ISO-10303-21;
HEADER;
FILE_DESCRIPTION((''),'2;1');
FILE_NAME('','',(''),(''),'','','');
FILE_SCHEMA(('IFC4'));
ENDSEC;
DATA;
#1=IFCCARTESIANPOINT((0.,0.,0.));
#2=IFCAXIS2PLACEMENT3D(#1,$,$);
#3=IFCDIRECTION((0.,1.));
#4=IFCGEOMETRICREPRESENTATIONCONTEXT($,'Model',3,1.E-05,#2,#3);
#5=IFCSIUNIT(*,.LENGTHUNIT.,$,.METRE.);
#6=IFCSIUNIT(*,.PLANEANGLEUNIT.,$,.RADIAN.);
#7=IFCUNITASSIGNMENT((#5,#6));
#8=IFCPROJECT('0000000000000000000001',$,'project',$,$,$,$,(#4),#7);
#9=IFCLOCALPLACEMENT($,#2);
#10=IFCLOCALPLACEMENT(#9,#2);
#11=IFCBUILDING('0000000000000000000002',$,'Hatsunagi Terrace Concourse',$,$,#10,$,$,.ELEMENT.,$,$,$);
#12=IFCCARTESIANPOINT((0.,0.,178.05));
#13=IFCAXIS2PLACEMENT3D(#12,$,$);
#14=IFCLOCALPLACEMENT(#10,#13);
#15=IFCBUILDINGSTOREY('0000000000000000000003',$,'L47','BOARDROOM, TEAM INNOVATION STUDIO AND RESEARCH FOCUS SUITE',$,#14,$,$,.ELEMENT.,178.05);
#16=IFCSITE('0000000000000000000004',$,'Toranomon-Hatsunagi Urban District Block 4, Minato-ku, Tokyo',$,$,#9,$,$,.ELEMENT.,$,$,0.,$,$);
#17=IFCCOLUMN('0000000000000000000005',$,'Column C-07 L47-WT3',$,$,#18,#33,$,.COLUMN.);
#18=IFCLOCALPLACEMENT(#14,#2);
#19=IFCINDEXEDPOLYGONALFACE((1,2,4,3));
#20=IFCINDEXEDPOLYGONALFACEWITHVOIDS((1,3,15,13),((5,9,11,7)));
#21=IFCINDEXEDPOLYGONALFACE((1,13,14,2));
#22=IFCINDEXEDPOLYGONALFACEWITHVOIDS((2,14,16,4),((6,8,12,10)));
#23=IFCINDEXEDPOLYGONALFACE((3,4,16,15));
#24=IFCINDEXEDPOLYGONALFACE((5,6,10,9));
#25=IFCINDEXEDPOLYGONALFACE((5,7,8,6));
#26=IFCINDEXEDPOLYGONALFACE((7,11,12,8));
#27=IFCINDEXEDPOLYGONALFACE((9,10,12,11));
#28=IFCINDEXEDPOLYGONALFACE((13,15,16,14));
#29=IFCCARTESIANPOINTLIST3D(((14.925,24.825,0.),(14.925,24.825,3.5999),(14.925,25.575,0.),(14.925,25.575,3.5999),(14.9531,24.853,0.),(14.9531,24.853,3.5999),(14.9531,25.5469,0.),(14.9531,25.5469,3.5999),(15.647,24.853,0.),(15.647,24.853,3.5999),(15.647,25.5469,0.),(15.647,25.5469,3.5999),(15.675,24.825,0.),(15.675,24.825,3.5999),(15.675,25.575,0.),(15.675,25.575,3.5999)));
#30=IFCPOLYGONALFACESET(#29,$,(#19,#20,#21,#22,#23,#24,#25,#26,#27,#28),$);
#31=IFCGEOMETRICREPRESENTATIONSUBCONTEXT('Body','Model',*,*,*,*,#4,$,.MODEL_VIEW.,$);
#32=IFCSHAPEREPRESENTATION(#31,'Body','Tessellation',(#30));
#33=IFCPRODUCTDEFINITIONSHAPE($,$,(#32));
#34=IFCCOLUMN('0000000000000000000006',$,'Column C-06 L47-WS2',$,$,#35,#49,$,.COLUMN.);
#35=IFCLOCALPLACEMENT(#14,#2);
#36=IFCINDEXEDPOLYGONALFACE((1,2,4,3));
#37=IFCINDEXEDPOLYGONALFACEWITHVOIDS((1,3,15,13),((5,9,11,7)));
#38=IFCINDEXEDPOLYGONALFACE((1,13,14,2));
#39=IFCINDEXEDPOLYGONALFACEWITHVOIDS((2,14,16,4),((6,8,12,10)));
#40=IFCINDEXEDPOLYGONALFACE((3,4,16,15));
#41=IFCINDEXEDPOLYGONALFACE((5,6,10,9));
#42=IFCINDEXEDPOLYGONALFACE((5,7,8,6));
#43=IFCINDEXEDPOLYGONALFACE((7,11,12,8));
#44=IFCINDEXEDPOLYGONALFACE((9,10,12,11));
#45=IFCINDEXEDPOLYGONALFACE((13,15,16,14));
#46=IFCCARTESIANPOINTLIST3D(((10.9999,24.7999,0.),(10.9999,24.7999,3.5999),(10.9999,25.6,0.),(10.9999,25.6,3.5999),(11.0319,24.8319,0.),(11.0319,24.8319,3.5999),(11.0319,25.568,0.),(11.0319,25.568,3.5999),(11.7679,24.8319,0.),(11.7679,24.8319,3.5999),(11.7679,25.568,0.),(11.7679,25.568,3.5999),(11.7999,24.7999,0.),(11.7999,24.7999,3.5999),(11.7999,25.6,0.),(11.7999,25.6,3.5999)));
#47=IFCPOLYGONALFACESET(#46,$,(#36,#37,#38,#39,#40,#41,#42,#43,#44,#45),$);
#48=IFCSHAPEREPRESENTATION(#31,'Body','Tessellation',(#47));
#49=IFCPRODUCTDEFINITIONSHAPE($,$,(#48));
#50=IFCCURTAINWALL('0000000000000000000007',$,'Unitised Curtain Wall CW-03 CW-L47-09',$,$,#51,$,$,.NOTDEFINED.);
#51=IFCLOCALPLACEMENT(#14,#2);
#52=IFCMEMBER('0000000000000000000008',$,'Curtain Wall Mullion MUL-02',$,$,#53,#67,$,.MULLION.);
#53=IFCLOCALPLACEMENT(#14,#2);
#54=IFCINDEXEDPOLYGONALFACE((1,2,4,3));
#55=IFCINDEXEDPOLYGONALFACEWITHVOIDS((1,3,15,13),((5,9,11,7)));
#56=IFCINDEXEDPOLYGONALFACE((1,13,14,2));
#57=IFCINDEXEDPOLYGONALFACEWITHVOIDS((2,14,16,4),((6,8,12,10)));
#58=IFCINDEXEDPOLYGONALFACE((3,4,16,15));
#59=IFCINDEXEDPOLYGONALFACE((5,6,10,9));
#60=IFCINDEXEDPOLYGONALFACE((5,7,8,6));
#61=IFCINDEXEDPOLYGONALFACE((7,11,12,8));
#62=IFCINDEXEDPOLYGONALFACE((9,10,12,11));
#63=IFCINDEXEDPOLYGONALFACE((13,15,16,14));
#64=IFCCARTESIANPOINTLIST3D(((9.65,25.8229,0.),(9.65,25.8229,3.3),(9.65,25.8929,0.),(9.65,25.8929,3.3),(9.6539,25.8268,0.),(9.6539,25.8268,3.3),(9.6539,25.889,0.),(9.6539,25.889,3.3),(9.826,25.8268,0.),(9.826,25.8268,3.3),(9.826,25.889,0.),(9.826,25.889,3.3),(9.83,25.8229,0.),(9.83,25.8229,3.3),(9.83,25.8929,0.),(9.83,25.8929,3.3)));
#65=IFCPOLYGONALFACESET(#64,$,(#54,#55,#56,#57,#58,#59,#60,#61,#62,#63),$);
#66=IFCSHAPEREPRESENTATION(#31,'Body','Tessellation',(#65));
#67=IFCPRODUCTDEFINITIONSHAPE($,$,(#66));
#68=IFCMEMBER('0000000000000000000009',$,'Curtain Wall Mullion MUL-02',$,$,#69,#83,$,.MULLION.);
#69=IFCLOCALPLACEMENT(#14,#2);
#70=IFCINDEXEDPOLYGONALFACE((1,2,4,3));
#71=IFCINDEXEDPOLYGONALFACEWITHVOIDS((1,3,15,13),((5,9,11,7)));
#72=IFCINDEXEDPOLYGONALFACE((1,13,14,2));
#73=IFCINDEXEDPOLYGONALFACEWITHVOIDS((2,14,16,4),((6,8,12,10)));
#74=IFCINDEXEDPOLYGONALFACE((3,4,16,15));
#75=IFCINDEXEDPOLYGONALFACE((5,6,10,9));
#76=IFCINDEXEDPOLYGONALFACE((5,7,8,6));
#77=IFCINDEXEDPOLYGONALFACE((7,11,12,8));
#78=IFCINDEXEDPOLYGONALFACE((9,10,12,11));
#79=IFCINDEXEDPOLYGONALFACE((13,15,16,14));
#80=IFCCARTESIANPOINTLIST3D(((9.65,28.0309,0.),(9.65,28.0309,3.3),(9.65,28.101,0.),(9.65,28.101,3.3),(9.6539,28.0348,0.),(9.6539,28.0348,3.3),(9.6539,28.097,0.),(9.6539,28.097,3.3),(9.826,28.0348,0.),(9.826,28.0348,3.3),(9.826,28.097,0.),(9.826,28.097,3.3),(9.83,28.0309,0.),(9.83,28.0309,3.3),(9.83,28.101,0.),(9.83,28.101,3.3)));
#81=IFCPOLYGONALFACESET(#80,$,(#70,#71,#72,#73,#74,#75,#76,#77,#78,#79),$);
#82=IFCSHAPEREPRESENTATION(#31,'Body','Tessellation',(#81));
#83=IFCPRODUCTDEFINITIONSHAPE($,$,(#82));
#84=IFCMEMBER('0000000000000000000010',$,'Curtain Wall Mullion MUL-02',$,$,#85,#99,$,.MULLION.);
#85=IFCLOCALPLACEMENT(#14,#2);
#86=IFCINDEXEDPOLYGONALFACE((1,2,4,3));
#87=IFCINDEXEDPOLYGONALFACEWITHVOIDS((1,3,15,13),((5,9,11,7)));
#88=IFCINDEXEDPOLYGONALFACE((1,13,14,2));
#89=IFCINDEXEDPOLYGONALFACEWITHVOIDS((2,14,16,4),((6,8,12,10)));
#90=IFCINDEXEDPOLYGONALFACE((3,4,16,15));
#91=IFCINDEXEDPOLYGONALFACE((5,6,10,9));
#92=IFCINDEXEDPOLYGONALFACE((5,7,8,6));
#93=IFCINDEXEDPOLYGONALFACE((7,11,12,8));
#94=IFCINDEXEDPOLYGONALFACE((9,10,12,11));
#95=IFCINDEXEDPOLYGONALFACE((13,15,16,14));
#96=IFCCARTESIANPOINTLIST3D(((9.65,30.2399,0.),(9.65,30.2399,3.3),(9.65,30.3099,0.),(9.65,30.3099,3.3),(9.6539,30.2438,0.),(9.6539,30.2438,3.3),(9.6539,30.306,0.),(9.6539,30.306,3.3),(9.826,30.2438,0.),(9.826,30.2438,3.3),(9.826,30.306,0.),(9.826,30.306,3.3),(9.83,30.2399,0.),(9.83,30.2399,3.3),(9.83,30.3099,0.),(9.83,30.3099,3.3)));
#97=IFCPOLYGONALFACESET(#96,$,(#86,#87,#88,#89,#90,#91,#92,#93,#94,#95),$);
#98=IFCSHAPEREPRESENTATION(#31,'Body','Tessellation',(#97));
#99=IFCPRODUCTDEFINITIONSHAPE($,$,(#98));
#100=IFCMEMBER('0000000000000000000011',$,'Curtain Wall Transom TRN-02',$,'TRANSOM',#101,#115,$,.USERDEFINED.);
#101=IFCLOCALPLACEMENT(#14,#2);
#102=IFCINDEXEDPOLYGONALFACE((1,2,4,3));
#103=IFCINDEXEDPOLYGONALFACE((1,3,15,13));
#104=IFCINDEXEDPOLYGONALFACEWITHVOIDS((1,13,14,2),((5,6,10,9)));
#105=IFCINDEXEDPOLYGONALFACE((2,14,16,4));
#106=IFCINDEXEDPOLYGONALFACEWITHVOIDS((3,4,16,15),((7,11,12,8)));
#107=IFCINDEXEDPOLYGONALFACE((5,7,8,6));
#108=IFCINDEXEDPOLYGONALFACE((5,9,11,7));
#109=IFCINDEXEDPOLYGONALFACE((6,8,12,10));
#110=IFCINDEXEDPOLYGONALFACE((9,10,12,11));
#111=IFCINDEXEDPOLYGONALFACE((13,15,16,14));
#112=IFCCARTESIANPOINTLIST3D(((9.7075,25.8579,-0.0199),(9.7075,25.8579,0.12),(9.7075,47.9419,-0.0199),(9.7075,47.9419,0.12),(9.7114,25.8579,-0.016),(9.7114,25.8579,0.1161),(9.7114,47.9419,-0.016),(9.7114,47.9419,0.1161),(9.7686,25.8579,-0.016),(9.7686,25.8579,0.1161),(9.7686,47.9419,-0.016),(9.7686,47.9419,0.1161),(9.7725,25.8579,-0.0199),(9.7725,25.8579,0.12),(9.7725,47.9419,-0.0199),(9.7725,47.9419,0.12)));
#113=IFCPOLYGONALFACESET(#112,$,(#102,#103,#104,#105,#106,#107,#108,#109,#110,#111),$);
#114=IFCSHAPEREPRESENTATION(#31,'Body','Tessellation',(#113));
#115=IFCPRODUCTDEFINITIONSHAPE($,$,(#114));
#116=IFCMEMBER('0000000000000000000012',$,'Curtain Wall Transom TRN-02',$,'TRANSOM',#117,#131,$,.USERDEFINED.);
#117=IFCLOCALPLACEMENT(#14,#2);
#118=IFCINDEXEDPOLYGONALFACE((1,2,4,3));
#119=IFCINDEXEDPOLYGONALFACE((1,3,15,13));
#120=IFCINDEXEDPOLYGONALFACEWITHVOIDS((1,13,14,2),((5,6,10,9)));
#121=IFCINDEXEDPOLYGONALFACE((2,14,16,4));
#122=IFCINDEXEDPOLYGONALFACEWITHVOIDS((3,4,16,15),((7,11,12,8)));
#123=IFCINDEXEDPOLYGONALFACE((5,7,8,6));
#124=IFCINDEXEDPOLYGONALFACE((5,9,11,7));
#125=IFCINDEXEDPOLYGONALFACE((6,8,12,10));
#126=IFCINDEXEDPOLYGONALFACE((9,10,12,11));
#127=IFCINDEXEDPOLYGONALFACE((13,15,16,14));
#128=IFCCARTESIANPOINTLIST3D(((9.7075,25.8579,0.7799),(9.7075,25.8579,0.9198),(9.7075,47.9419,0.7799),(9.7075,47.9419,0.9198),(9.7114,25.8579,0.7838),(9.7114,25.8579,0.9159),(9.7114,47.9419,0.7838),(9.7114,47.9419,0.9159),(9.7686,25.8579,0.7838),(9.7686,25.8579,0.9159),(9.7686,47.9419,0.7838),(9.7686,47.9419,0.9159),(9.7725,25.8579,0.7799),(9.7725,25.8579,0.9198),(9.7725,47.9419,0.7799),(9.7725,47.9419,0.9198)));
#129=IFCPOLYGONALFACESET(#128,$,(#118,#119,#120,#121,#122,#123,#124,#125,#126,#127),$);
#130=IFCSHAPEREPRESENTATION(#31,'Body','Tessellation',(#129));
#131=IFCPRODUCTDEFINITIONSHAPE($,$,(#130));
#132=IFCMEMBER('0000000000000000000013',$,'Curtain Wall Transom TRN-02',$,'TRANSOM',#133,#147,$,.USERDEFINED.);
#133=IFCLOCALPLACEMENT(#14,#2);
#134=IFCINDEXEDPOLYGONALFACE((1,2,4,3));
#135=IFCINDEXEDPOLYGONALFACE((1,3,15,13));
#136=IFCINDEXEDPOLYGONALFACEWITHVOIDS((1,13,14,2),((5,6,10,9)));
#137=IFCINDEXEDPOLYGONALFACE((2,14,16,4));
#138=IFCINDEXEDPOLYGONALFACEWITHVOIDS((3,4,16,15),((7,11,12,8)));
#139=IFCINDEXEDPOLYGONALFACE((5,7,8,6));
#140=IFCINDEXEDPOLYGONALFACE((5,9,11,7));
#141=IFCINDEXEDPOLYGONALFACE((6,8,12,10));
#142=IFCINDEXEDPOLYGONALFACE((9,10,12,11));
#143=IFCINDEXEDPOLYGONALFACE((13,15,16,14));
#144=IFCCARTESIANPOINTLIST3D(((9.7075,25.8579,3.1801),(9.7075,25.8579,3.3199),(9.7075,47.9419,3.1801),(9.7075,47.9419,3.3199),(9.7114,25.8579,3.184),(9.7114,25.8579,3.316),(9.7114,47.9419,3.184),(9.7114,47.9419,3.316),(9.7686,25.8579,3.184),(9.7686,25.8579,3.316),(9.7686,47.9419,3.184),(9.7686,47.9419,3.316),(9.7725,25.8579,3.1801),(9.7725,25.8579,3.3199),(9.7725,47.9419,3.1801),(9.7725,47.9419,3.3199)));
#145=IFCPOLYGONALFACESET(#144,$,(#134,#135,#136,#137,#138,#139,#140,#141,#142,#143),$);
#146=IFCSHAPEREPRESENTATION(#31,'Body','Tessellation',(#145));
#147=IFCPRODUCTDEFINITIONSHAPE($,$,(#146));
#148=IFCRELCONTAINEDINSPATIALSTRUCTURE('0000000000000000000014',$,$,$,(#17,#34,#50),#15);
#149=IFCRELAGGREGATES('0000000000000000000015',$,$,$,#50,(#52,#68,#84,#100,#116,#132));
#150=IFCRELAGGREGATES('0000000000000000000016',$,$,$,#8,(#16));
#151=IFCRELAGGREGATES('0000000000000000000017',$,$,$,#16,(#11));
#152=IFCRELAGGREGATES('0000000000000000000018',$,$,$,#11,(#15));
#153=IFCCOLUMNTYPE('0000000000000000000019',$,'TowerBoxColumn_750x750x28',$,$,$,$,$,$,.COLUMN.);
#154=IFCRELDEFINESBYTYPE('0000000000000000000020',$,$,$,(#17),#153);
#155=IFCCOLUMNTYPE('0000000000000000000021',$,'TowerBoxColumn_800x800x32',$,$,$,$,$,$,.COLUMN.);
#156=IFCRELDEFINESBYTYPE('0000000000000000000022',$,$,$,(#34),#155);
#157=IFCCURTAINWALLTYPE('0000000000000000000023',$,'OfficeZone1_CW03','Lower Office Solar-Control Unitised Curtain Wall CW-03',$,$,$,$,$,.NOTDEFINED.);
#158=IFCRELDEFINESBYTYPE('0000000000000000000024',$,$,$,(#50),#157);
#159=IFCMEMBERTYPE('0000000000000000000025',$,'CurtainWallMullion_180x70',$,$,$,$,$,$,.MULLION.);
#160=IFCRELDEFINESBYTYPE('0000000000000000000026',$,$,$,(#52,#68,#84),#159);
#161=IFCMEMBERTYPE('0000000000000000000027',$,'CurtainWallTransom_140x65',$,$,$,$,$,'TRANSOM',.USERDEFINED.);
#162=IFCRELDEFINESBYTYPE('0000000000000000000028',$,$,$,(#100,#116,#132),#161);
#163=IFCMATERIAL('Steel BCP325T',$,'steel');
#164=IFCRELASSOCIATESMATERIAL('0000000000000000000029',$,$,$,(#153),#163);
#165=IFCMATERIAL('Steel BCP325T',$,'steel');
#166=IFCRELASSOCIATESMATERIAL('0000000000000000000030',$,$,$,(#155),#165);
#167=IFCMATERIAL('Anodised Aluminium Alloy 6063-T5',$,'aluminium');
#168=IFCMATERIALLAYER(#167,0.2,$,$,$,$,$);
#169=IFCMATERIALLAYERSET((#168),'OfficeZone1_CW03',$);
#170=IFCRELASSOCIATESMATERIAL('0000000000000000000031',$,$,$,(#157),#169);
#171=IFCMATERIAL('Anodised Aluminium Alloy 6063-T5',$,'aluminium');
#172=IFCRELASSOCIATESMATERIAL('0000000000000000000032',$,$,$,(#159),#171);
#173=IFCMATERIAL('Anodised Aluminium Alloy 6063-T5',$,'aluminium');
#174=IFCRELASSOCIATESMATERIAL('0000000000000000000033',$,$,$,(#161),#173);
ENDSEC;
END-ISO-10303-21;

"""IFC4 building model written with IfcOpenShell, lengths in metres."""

from ifc_helpers import new_model, si_unit, direction, frame, origin, origin_2d, place, context, subcontext, project, spatial, hollow_rectangle, extrude, material, layer, layer_set, material_profile, profile_set, type_object, element, aggregate, save


model = new_model("IFC4")

# Units and contexts
model_context = context("Model", 3, precision=1e-05, world=origin(), true_north=direction((0.0, 1.0)))
body_context = subcontext(model_context, "Body", "Model", "MODEL_VIEW")
ifc_project = project(units=[si_unit("LENGTHUNIT", "METRE"), si_unit("PLANEANGLEUNIT", "RADIAN")], contexts=[model_context])

# Site, building, storey
site_placement = place(None, origin())
site = spatial("IfcSite", under=ifc_project, at=site_placement, Name="Toranomon-Hatsunagi Urban District Block 4, Minato-ku, Tokyo", CompositionType="ELEMENT", RefElevation=0.0)
building_placement = place(site_placement, origin())
building = spatial("IfcBuilding", under=site, at=building_placement, Name="Hatsunagi Terrace Concourse", CompositionType="ELEMENT")
storey_placement = place(building_placement, frame((0.0, 0.0, 178.05)))
storey = spatial("IfcBuildingStorey", under=building, at=storey_placement, Name="L47", Description="BOARDROOM, TEAM INNOVATION STUDIO AND RESEARCH FOCUS SUITE", CompositionType="ELEMENT", Elevation=178.05)

# Columns
ifc_material_1 = material(Name="Steel BCP325T", Category="steel")
ifc_material_profile_1 = material_profile(ifc_material_1, hollow_rectangle(XDim=0.75, YDim=0.75, WallThickness=0.0281, at=origin_2d()), Name="BCP-750x750x28")
ifc_profile_set_1 = profile_set([ifc_material_profile_1], Name="Steel BCP325T")
column_type_1 = type_object("IfcColumnType", Name="TowerBoxColumn_750x750x28", PredefinedType="COLUMN", material=ifc_profile_set_1)
column_1_placement = place(storey_placement, frame((15.3, 25.2, 0.0), z_axis=(0.0, 0.0, 1.0), x_axis=(1.0, 0.0, 0.0)))
element("IfcColumn", 1, at=column_1_placement, inside=storey, type_object=column_type_1, Name="Column C-07 L47-WT3", PredefinedType="COLUMN", context=body_context, shape_type="SweptSolid", body=[
    extrude(hollow_rectangle(XDim=0.75, YDim=0.75, WallThickness=0.0281, at=origin_2d()), origin(), (0.0, 0.0, 1.0), 3.5999),
])
ifc_material_2 = material(Name="Steel BCP325T", Category="steel")
ifc_material_profile_2 = material_profile(ifc_material_2, hollow_rectangle(XDim=0.8, YDim=0.8, WallThickness=0.032, at=origin_2d()), Name="BCP-800x800x32")
ifc_profile_set_2 = profile_set([ifc_material_profile_2], Name="Steel BCP325T")
column_type_2 = type_object("IfcColumnType", Name="TowerBoxColumn_800x800x32", PredefinedType="COLUMN", material=ifc_profile_set_2)
column_2_placement = place(storey_placement, frame((11.3999, 25.2, 0.0), z_axis=(0.0, 0.0, 1.0), x_axis=(1.0, 0.0, 0.0)))
element("IfcColumn", 2, at=column_2_placement, inside=storey, type_object=column_type_2, Name="Column C-06 L47-WS2", PredefinedType="COLUMN", context=body_context, shape_type="SweptSolid", body=[
    extrude(hollow_rectangle(XDim=0.8, YDim=0.8, WallThickness=0.032, at=origin_2d()), origin(), (0.0, 0.0, 1.0), 3.5999),
])

# Curtain wall, members
ifc_material_3 = material(Name="Anodised Aluminium Alloy 6063-T5", Category="aluminium")
ifc_layer_1 = layer(ifc_material_3, 0.2)
ifc_layer_set_1 = layer_set([ifc_layer_1], Name="OfficeZone1_CW03")
curtain_wall_type = type_object("IfcCurtainWallType", Name="OfficeZone1_CW03", Description="Lower Office Solar-Control Unitised Curtain Wall CW-03", PredefinedType="NOTDEFINED", material=ifc_layer_set_1)
curtain_wall_placement = place(storey_placement, origin())
curtain_wall = element("IfcCurtainWall", 3, at=curtain_wall_placement, inside=storey, type_object=curtain_wall_type, Name="Unitised Curtain Wall CW-03 CW-L47-09", PredefinedType="NOTDEFINED")
ifc_material_4 = material(Name="Anodised Aluminium Alloy 6063-T5", Category="aluminium")
ifc_material_profile_3 = material_profile(ifc_material_4, hollow_rectangle(XDim=0.0701, YDim=0.1799, WallThickness=0.0039, at=origin_2d()), Name="ALU-MUL-180x70x4")
ifc_profile_set_3 = profile_set([ifc_material_profile_3], Name="Anodised Aluminium Alloy 6063-T5")
member_type_1 = type_object("IfcMemberType", Name="CurtainWallMullion_180x70", PredefinedType="MULLION", material=ifc_profile_set_3)
member_1_placement = place(storey_placement, frame((9.74, 25.8579, 0.0), z_axis=(0.0, 0.0, 1.0), x_axis=(0.0, 1.0, 0.0)))
member_1 = element("IfcMember", 4, at=member_1_placement, type_object=member_type_1, Name="Curtain Wall Mullion MUL-02", PredefinedType="MULLION", context=body_context, shape_type="SweptSolid", body=[
    extrude(hollow_rectangle(XDim=0.0701, YDim=0.1799, WallThickness=0.0039, at=origin_2d()), origin(), (0.0, 0.0, 1.0), 3.3),
])
member_2_placement = place(storey_placement, frame((9.74, 28.0659, 0.0), z_axis=(0.0, 0.0, 1.0), x_axis=(0.0, 1.0, 0.0)))
member_2 = element("IfcMember", 5, at=member_2_placement, type_object=member_type_1, Name="Curtain Wall Mullion MUL-02", PredefinedType="MULLION", context=body_context, shape_type="SweptSolid", body=[
    extrude(hollow_rectangle(XDim=0.0701, YDim=0.1799, WallThickness=0.0039, at=origin_2d()), origin(), (0.0, 0.0, 1.0), 3.3),
])
member_3_placement = place(storey_placement, frame((9.74, 30.2749, 0.0), z_axis=(0.0, 0.0, 1.0), x_axis=(0.0, 1.0, 0.0)))
member_3 = element("IfcMember", 6, at=member_3_placement, type_object=member_type_1, Name="Curtain Wall Mullion MUL-02", PredefinedType="MULLION", context=body_context, shape_type="SweptSolid", body=[
    extrude(hollow_rectangle(XDim=0.0701, YDim=0.1799, WallThickness=0.0039, at=origin_2d()), origin(), (0.0, 0.0, 1.0), 3.3),
])
ifc_material_5 = material(Name="Anodised Aluminium Alloy 6063-T5", Category="aluminium")
ifc_material_profile_4 = material_profile(ifc_material_5, hollow_rectangle(XDim=0.0649, YDim=0.1399, WallThickness=0.0039, at=origin_2d()), Name="ALU-TRN-140x65x4")
ifc_profile_set_4 = profile_set([ifc_material_profile_4], Name="Anodised Aluminium Alloy 6063-T5")
member_type_2 = type_object("IfcMemberType", Name="CurtainWallTransom_140x65", ElementType="TRANSOM", PredefinedType="USERDEFINED", material=ifc_profile_set_4)
member_4_placement = place(storey_placement, frame((9.74, 25.8579, 0.05), z_axis=(0.0, 1.0, 0.0), x_axis=(-1.0, 0.0, 0.0)))
member_4 = element("IfcMember", 7, at=member_4_placement, type_object=member_type_2, Name="Curtain Wall Transom TRN-02", ObjectType="TRANSOM", PredefinedType="USERDEFINED", context=body_context, shape_type="SweptSolid", body=[
    extrude(hollow_rectangle(XDim=0.0649, YDim=0.1399, WallThickness=0.0039, at=origin_2d()), origin(), (0.0, 0.0, 1.0), 22.084),
])
member_5_placement = place(storey_placement, frame((9.74, 25.8579, 0.8499), z_axis=(0.0, 1.0, 0.0), x_axis=(-1.0, 0.0, 0.0)))
member_5 = element("IfcMember", 8, at=member_5_placement, type_object=member_type_2, Name="Curtain Wall Transom TRN-02", ObjectType="TRANSOM", PredefinedType="USERDEFINED", context=body_context, shape_type="SweptSolid", body=[
    extrude(hollow_rectangle(XDim=0.0649, YDim=0.1399, WallThickness=0.0039, at=origin_2d()), origin(), (0.0, 0.0, 1.0), 22.084),
])
member_6_placement = place(storey_placement, frame((9.74, 25.8579, 3.25), z_axis=(0.0, 1.0, 0.0), x_axis=(-1.0, 0.0, 0.0)))
member_6 = element("IfcMember", 9, at=member_6_placement, type_object=member_type_2, Name="Curtain Wall Transom TRN-02", ObjectType="TRANSOM", PredefinedType="USERDEFINED", context=body_context, shape_type="SweptSolid", body=[
    extrude(hollow_rectangle(XDim=0.0649, YDim=0.1399, WallThickness=0.0039, at=origin_2d()), origin(), (0.0, 0.0, 1.0), 22.084),
])

aggregate(curtain_wall, [member_1, member_2, member_3, member_4, member_5, member_6])

save(model, "model.ifc")
